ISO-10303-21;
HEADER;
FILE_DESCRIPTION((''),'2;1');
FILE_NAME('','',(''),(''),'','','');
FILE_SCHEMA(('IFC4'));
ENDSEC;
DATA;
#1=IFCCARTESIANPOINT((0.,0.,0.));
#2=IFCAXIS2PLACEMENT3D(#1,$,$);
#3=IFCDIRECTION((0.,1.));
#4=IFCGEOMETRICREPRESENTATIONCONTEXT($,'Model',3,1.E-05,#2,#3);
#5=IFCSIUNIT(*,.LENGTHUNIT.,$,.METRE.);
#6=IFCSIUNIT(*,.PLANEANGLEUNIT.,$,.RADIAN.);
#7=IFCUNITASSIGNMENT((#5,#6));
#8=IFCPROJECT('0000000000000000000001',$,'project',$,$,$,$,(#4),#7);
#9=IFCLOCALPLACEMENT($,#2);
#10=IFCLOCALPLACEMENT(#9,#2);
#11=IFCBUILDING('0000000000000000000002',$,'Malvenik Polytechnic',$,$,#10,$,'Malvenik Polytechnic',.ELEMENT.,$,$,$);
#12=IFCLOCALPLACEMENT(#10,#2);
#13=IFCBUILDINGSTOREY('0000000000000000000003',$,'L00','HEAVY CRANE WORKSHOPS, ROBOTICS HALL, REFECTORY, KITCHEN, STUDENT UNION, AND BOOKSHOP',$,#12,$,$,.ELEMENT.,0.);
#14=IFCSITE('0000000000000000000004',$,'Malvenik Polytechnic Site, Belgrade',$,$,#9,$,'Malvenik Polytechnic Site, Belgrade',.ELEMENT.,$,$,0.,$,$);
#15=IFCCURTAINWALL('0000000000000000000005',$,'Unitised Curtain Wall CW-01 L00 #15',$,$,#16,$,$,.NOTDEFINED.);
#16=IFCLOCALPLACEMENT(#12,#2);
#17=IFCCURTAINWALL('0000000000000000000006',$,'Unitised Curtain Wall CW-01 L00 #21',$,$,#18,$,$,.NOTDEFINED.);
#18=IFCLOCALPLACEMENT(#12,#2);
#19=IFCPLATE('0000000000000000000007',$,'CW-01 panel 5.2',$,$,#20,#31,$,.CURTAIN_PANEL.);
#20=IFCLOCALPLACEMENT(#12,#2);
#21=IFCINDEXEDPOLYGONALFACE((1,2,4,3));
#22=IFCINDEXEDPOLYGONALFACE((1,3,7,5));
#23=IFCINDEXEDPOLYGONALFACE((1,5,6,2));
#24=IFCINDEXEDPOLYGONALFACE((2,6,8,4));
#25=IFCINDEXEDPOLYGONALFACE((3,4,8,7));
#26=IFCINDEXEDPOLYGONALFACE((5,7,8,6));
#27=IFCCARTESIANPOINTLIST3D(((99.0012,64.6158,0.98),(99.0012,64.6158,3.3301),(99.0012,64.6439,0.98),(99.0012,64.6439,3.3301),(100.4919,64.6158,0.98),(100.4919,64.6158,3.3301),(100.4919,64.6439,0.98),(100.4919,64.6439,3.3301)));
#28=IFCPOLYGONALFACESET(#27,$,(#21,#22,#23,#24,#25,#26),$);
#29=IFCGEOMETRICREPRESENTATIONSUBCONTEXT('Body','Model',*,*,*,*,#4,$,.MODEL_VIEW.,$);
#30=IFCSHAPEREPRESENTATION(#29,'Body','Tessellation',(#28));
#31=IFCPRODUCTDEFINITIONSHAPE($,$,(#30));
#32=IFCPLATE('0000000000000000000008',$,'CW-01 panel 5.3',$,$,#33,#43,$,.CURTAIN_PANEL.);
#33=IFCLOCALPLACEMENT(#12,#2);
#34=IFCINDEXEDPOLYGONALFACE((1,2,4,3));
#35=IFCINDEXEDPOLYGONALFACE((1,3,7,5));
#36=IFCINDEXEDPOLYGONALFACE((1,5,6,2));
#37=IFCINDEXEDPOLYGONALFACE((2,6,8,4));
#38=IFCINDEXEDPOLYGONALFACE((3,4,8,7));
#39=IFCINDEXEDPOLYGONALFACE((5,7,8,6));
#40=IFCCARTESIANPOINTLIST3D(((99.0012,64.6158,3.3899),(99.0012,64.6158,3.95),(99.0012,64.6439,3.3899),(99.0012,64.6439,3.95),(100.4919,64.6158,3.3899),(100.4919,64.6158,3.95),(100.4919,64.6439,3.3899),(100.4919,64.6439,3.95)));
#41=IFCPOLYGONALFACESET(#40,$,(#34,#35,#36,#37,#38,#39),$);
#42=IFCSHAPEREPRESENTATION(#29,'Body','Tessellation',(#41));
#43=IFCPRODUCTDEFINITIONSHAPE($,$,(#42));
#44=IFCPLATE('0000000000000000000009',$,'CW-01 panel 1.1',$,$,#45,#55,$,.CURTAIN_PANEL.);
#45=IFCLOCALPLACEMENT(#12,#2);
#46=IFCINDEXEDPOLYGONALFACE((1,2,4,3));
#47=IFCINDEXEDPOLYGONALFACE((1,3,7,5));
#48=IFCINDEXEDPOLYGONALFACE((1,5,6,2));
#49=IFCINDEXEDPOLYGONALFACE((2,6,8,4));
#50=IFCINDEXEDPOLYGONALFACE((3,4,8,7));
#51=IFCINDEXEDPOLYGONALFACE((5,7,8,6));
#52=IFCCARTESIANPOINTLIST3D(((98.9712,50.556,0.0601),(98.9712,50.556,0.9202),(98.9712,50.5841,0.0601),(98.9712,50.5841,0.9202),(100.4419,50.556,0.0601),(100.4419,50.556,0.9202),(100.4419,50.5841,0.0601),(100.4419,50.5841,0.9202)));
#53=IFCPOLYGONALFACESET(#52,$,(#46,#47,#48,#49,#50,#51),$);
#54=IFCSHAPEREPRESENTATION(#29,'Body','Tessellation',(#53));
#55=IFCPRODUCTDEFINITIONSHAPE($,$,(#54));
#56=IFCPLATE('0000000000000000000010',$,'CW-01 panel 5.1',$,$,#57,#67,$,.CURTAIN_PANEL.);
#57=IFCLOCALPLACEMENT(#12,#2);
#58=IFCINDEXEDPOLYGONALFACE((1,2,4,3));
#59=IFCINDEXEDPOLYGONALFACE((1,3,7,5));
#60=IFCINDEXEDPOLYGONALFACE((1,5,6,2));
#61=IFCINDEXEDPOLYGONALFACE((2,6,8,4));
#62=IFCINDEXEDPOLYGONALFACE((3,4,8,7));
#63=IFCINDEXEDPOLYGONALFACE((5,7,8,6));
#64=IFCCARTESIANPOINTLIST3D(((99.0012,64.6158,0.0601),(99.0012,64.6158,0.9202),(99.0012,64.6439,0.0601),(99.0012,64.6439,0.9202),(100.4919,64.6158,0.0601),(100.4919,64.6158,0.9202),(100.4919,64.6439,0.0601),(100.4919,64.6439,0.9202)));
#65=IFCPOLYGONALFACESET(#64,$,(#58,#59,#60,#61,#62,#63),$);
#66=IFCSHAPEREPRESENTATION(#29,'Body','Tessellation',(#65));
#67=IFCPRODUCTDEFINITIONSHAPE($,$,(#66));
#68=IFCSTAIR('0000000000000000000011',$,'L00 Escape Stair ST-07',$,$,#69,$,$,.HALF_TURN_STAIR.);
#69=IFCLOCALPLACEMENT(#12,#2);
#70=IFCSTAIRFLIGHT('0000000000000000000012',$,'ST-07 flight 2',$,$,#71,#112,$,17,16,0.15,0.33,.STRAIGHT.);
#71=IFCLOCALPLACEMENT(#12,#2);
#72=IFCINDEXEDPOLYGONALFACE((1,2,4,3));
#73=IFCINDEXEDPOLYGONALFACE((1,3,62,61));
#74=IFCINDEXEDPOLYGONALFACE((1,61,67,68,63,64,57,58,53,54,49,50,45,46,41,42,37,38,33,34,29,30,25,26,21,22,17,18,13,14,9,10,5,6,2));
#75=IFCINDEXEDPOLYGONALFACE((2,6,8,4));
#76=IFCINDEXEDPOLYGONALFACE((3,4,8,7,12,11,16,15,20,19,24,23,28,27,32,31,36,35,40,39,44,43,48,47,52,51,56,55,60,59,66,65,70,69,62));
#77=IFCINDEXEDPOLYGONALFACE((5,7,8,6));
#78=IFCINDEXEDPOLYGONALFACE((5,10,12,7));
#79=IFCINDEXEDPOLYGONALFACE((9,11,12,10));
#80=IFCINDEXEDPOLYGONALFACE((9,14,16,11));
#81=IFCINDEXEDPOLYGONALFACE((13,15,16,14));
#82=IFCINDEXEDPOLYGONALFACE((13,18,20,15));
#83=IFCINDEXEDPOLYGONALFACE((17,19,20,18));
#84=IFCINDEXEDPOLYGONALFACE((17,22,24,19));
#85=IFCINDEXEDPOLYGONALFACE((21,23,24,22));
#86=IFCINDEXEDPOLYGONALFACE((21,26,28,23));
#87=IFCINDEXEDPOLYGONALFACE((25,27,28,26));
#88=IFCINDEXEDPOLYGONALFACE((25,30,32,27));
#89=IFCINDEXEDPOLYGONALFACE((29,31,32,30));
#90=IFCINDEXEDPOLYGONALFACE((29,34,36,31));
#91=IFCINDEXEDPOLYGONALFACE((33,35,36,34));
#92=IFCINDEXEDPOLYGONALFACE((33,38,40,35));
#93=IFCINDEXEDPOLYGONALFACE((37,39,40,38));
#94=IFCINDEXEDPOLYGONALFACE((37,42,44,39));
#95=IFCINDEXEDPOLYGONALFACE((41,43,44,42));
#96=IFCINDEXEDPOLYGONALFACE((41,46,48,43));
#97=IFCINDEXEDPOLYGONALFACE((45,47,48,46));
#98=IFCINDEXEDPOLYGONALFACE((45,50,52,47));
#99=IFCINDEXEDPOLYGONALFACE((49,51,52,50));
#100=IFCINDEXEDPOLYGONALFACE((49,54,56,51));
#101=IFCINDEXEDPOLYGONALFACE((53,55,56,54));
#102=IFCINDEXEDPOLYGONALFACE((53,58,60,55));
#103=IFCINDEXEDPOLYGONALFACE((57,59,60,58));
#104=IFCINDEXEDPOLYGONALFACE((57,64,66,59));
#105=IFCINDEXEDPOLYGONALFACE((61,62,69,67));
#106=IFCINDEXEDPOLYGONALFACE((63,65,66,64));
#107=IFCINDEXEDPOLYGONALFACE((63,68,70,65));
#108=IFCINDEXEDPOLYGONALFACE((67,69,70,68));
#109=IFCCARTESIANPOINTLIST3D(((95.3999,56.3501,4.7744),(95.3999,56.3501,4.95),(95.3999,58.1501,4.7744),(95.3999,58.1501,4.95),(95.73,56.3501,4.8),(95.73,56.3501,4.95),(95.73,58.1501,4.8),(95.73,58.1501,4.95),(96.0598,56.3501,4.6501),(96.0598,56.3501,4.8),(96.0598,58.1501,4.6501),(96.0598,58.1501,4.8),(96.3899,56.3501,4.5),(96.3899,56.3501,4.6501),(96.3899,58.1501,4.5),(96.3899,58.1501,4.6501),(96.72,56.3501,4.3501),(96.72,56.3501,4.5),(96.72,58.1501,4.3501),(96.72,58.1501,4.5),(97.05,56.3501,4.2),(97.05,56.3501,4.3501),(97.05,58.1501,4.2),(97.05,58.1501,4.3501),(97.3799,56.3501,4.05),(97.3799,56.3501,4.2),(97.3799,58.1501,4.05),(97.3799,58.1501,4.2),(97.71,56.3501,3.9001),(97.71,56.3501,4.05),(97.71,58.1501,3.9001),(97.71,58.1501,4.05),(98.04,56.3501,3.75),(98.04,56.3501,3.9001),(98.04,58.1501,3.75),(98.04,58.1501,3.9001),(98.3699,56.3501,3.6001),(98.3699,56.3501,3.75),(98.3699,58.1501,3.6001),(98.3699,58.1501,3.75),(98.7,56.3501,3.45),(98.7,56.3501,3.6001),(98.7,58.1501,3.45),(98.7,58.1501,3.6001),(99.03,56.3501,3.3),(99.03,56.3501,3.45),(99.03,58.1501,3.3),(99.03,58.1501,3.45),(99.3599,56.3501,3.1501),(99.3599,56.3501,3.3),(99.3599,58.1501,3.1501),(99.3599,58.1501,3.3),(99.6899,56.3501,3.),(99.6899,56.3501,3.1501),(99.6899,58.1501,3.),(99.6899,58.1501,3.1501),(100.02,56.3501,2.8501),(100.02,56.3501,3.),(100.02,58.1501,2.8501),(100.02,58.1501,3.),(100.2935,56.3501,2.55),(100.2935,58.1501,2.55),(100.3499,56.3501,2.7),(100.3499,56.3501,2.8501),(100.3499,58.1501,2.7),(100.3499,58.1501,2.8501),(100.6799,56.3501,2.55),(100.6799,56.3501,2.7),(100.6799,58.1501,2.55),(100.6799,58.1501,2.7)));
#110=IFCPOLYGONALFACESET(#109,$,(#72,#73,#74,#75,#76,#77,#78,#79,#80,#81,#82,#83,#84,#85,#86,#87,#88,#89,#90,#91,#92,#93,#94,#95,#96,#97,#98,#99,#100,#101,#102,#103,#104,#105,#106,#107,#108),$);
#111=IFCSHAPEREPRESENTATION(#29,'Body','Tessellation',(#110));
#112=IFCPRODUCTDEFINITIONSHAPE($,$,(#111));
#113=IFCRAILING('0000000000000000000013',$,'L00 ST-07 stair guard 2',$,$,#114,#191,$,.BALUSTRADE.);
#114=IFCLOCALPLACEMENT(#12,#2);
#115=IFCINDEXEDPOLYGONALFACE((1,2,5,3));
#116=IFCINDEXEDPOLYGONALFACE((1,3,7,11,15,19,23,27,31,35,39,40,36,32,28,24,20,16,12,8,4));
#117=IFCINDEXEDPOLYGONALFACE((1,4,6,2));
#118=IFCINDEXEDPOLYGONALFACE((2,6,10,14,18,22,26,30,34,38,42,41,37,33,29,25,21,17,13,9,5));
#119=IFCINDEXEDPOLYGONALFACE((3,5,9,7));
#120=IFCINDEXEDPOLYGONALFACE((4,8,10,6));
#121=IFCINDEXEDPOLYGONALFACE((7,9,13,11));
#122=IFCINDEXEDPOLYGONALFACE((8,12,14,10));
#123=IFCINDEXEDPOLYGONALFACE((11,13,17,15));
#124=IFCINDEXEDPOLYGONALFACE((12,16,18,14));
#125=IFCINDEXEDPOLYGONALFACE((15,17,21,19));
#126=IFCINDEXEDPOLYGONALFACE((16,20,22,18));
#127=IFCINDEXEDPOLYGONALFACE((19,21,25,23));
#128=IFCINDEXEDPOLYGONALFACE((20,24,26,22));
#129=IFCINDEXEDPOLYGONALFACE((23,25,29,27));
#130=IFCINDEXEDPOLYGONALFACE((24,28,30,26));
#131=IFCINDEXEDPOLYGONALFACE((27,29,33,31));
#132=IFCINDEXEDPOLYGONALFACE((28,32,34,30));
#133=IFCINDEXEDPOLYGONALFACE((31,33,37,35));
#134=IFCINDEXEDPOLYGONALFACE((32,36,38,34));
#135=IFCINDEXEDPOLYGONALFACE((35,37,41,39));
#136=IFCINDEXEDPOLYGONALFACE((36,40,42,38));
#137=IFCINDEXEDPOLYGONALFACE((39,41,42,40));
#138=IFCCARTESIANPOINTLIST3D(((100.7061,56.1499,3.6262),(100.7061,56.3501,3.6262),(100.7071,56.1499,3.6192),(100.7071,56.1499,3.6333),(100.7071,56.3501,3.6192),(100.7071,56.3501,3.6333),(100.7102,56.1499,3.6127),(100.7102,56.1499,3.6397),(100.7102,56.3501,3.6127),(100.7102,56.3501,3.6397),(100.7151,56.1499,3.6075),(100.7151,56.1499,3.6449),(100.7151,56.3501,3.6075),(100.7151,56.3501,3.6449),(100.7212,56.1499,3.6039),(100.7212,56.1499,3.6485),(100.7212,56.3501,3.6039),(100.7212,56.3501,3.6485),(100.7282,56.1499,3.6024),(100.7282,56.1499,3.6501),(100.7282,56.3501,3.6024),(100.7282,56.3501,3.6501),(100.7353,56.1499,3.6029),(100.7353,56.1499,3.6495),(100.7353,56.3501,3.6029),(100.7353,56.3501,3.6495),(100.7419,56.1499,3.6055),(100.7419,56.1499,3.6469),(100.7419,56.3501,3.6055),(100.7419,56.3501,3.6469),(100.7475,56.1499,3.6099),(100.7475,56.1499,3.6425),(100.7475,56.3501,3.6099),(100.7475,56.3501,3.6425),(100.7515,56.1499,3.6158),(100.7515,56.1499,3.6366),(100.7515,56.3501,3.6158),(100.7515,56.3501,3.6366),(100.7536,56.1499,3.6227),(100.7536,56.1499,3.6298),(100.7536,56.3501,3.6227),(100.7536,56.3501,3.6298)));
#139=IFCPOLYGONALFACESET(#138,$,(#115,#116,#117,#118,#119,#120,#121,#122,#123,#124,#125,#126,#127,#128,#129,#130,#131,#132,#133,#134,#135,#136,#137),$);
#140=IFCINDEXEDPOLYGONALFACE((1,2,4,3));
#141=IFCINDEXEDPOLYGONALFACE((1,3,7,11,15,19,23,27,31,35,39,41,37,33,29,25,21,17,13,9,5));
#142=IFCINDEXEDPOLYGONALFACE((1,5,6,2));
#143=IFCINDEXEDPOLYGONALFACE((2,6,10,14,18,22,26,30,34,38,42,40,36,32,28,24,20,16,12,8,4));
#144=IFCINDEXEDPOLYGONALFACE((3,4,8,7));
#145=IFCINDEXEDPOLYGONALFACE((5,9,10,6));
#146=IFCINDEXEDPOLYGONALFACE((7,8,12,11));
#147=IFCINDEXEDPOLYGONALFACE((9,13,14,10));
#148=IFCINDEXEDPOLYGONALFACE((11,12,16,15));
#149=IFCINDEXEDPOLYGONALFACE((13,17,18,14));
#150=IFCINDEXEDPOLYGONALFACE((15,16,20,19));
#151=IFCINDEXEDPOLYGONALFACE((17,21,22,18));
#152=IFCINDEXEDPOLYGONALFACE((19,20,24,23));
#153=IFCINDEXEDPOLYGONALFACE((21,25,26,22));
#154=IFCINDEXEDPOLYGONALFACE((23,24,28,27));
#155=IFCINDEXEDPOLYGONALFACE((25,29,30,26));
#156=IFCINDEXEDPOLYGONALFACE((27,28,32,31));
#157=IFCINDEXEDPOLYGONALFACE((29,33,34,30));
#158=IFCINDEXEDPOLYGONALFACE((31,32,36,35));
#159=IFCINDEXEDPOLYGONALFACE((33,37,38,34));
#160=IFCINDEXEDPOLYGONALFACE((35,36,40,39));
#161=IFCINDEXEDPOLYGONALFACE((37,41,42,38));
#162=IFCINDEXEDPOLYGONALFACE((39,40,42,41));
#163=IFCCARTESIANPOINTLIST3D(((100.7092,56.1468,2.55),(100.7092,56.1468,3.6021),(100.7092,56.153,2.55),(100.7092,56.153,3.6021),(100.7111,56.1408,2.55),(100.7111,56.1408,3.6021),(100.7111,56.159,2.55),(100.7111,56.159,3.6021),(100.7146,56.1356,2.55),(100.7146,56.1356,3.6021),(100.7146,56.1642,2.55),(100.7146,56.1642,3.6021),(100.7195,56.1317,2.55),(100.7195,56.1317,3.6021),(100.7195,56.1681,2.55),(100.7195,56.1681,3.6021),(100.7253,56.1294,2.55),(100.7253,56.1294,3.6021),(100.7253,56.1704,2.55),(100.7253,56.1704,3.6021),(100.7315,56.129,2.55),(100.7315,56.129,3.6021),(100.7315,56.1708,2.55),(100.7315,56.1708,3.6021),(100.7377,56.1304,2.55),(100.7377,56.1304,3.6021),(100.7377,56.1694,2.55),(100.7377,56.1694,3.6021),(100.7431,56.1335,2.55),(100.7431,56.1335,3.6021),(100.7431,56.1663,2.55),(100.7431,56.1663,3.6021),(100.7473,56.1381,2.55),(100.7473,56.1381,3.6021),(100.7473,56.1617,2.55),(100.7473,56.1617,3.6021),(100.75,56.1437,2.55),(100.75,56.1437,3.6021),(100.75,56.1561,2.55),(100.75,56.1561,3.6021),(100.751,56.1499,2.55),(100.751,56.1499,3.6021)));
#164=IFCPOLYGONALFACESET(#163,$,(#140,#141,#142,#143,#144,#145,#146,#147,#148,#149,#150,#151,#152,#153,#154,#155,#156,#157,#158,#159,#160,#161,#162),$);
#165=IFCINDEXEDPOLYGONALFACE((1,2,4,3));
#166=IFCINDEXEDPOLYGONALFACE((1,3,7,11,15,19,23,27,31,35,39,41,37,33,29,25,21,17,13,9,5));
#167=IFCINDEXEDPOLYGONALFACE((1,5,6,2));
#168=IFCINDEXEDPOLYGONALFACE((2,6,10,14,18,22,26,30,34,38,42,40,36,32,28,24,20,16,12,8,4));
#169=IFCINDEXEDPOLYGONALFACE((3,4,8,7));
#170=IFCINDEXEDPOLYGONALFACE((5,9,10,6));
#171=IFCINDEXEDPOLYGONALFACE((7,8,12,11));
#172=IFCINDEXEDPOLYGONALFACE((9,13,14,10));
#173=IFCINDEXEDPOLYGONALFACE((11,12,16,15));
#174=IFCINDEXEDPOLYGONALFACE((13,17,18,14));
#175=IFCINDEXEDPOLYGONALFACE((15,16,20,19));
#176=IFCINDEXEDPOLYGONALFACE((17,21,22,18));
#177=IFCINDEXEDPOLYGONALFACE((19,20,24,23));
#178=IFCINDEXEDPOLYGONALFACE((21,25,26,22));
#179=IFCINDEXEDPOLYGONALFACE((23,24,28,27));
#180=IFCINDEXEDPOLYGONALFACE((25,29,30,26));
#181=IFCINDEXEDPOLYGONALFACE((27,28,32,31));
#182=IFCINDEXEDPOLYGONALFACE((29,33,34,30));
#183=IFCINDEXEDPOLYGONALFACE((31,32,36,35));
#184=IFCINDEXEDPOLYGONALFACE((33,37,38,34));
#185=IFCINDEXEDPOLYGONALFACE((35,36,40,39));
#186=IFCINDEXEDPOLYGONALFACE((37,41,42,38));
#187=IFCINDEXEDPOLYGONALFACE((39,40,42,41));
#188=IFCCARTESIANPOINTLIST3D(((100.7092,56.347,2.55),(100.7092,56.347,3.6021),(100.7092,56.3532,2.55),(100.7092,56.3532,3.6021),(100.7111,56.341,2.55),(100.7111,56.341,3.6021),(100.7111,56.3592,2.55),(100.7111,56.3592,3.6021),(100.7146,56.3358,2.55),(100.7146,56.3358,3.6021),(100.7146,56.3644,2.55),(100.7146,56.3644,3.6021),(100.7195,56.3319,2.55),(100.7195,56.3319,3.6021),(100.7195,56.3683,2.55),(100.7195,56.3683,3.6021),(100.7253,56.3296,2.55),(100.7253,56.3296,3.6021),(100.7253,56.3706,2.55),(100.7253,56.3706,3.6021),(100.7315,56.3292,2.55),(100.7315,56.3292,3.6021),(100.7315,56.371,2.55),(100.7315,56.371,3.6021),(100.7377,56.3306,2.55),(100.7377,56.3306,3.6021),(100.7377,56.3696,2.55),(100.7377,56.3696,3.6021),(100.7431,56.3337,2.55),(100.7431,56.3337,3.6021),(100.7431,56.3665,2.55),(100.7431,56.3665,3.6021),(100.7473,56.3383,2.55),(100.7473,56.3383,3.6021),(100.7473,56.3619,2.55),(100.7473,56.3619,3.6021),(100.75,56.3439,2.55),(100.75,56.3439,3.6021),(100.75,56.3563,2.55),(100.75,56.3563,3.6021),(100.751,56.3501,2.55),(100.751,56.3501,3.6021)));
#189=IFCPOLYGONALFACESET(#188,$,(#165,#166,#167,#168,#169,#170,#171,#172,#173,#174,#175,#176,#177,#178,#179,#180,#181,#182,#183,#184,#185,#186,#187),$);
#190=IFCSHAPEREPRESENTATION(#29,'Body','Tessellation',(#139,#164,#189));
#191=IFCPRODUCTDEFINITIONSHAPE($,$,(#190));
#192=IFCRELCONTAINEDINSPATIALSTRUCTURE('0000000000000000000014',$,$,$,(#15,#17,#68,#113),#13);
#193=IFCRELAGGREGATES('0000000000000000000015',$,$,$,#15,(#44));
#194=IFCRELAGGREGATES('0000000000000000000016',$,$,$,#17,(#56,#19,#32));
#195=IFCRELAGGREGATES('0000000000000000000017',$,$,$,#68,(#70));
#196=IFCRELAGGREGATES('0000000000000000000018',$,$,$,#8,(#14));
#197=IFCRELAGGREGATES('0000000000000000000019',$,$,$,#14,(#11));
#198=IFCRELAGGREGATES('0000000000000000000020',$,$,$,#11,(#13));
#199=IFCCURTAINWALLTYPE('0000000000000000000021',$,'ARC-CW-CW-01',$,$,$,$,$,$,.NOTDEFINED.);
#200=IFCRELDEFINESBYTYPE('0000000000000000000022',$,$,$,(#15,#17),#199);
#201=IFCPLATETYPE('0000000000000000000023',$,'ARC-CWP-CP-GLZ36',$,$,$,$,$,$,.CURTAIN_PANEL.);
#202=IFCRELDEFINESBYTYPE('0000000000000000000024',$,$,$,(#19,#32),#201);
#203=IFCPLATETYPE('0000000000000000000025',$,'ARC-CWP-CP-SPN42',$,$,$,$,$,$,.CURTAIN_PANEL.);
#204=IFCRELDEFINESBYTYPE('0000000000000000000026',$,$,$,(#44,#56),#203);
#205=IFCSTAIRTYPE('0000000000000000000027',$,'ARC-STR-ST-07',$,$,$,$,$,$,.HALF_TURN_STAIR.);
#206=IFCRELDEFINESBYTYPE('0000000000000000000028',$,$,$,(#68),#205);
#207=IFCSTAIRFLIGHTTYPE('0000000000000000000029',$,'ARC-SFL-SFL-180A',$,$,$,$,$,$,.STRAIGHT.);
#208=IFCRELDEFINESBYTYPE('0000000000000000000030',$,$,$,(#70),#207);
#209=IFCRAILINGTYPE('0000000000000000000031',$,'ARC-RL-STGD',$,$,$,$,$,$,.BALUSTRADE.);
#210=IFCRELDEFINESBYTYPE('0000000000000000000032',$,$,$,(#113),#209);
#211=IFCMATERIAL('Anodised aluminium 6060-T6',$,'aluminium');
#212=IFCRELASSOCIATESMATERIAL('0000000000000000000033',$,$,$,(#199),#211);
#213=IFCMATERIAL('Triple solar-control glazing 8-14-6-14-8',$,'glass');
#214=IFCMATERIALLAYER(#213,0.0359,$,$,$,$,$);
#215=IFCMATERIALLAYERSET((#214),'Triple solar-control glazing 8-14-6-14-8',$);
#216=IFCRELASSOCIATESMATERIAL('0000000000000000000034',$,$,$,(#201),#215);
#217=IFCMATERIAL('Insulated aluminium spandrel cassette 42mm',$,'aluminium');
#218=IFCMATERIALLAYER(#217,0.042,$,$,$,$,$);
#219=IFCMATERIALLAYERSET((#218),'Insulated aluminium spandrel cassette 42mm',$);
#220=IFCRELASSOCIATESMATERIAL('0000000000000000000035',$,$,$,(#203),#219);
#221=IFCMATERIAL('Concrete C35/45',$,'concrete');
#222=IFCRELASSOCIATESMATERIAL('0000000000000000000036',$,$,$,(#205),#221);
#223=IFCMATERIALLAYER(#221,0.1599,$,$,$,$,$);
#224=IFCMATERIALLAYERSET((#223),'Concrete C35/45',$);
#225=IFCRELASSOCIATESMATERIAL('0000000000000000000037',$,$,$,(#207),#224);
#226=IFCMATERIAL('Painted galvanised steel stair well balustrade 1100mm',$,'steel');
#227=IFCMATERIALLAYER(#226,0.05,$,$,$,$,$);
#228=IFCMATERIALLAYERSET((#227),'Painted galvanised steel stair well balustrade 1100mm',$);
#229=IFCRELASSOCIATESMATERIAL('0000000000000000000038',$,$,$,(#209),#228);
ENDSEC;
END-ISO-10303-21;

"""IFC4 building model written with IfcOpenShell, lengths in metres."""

from ifc_helpers import new_model, si_unit, direction, frame, origin, origin_2d, place, context, subcontext, project, spatial, polyline, rectangle, circle, outline, extrude, material, layer, layer_set, type_object, element, aggregate, save


model = new_model("IFC4")

# Units and contexts
model_context = context("Model", 3, precision=1e-05, world=origin(), true_north=direction((0.0, 1.0)))
body_context = subcontext(model_context, "Body", "Model", "MODEL_VIEW")
ifc_project = project(units=[si_unit("LENGTHUNIT", "METRE"), si_unit("PLANEANGLEUNIT", "RADIAN")], contexts=[model_context])

# Site, building, storey
site_placement = place(None, origin())
site = spatial("IfcSite", under=ifc_project, at=site_placement, Name="Malvenik Polytechnic Site, Belgrade", LongName="Malvenik Polytechnic Site, Belgrade", CompositionType="ELEMENT", RefElevation=0.0)
building_placement = place(site_placement, origin())
building = spatial("IfcBuilding", under=site, at=building_placement, Name="Malvenik Polytechnic", LongName="Malvenik Polytechnic", CompositionType="ELEMENT")
storey_placement = place(building_placement, origin())
storey = spatial("IfcBuildingStorey", under=building, at=storey_placement, Name="L00", Description="HEAVY CRANE WORKSHOPS, ROBOTICS HALL, REFECTORY, KITCHEN, STUDENT UNION, AND BOOKSHOP", CompositionType="ELEMENT", Elevation=0.0)

# Shared definitions
ifc_material_1 = material(Name="Concrete C35/45", Category="concrete")

# Curtain walls
ifc_material_2 = material(Name="Anodised aluminium 6060-T6", Category="aluminium")
curtain_wall_type = type_object("IfcCurtainWallType", Name="ARC-CW-CW-01", PredefinedType="NOTDEFINED", material=ifc_material_2)
curtain_wall_1_placement = place(storey_placement, origin())
curtain_wall_1 = element("IfcCurtainWall", 1, at=curtain_wall_1_placement, inside=storey, type_object=curtain_wall_type, Name="Unitised Curtain Wall CW-01 L00 #15", PredefinedType="NOTDEFINED")
curtain_wall_2_placement = place(storey_placement, origin())
curtain_wall_2 = element("IfcCurtainWall", 2, at=curtain_wall_2_placement, inside=storey, type_object=curtain_wall_type, Name="Unitised Curtain Wall CW-01 L00 #21", PredefinedType="NOTDEFINED")

# Plates
ifc_material_3 = material(Name="Triple solar-control glazing 8-14-6-14-8", Category="glass")
ifc_layer_1 = layer(ifc_material_3, 0.0359)
ifc_layer_set_1 = layer_set([ifc_layer_1], Name="Triple solar-control glazing 8-14-6-14-8")
plate_type_1 = type_object("IfcPlateType", Name="ARC-CWP-CP-GLZ36", PredefinedType="CURTAIN_PANEL", material=ifc_layer_set_1)
plate_1_placement = place(storey_placement, frame((99.7466, 64.6299, 0.98), z_axis=(0.0, 0.0, 1.0), x_axis=(1.0, 0.0, 0.0)))
plate_1 = element("IfcPlate", 3, at=plate_1_placement, type_object=plate_type_1, Name="CW-01 panel 5.2", PredefinedType="CURTAIN_PANEL", context=body_context, shape_type="SweptSolid", body=[
    extrude(rectangle(XDim=1.4907, YDim=0.0281, at=origin_2d()), origin(), (0.0, 0.0, 1.0), 2.3501),
])
plate_2_placement = place(storey_placement, frame((99.7466, 64.6299, 3.3899), z_axis=(0.0, 0.0, 1.0), x_axis=(1.0, 0.0, 0.0)))
plate_2 = element("IfcPlate", 4, at=plate_2_placement, type_object=plate_type_1, Name="CW-01 panel 5.3", PredefinedType="CURTAIN_PANEL", context=body_context, shape_type="SweptSolid", body=[
    extrude(rectangle(XDim=1.4907, YDim=0.0281, at=origin_2d()), origin(), (0.0, 0.0, 1.0), 0.5601),
])
ifc_material_4 = material(Name="Insulated aluminium spandrel cassette 42mm", Category="aluminium")
ifc_layer_2 = layer(ifc_material_4, 0.042)
ifc_layer_set_2 = layer_set([ifc_layer_2], Name="Insulated aluminium spandrel cassette 42mm")
plate_type_2 = type_object("IfcPlateType", Name="ARC-CWP-CP-SPN42", PredefinedType="CURTAIN_PANEL", material=ifc_layer_set_2)
plate_3_placement = place(storey_placement, frame((99.7065, 50.5701, 0.0601), z_axis=(0.0, 0.0, 1.0), x_axis=(-1.0, 0.0, 0.0)))
plate_3 = element("IfcPlate", 5, at=plate_3_placement, type_object=plate_type_2, Name="CW-01 panel 1.1", PredefinedType="CURTAIN_PANEL", context=body_context, shape_type="SweptSolid", body=[
    extrude(rectangle(XDim=1.4707, YDim=0.0281, at=origin_2d()), origin(), (0.0, 0.0, 1.0), 0.8601),
])
aggregate(curtain_wall_1, [plate_3])
plate_4_placement = place(storey_placement, frame((99.7466, 64.6299, 0.0601), z_axis=(0.0, 0.0, 1.0), x_axis=(1.0, 0.0, 0.0)))
plate_4 = element("IfcPlate", 6, at=plate_4_placement, type_object=plate_type_2, Name="CW-01 panel 5.1", PredefinedType="CURTAIN_PANEL", context=body_context, shape_type="SweptSolid", body=[
    extrude(rectangle(XDim=1.4907, YDim=0.0281, at=origin_2d()), origin(), (0.0, 0.0, 1.0), 0.8601),
])
aggregate(curtain_wall_2, [plate_4, plate_1, plate_2])

# Stair, stair flight
stair_type = type_object("IfcStairType", Name="ARC-STR-ST-07", PredefinedType="HALF_TURN_STAIR", material=ifc_material_1)
stair_placement = place(storey_placement, origin())
stair = element("IfcStair", 7, at=stair_placement, inside=storey, type_object=stair_type, Name="L00 Escape Stair ST-07", PredefinedType="HALF_TURN_STAIR")
ifc_layer_3 = layer(ifc_material_1, 0.1599)
ifc_layer_set_3 = layer_set([ifc_layer_3], Name="Concrete C35/45")
stair_flight_type = type_object("IfcStairFlightType", Name="ARC-SFL-SFL-180A", PredefinedType="STRAIGHT", material=ifc_layer_set_3)
stair_flight_placement = place(storey_placement, frame((100.6799, 57.25, 2.55), z_axis=(0.0, 0.0, 1.0), x_axis=(-1.0, 0.0, 0.0)))
stair_flight = element("IfcStairFlight", 8, at=stair_flight_placement, type_object=stair_flight_type, Name="ST-07 flight 2", NumberOfRisers=17, NumberOfTreads=16, PredefinedType="STRAIGHT", RiserHeight=0.15, TreadLength=0.33, context=body_context, shape_type="SweptSolid", body=[
    extrude(outline(polyline([(0.0, 0.0), (0.0, 0.1499), (0.3301, 0.1499), (0.3301, 0.3), (0.6599, 0.3), (0.6599, 0.45), (0.99, 0.45), (0.99, 0.6001), (1.3201, 0.6001), (1.3201, 0.75), (1.6499, 0.75), (1.6499, 0.8999), (1.98, 0.8999), (1.98, 1.05), (2.3101, 1.05), (2.3101, 1.2), (2.6399, 1.2), (2.6399, 1.3501), (2.97, 1.3501), (2.97, 1.5), (3.3, 1.5), (3.3, 1.6499), (3.6299, 1.6499), (3.6299, 1.8), (3.96, 1.8), (3.96, 1.95), (4.29, 1.95), (4.29, 2.1001), (4.6201, 2.1001), (4.6201, 2.25), (4.95, 2.25), (4.95, 2.3999), (5.28, 2.3999), (5.28, 2.55), (5.28, 2.2244), (0.3865, 0.0), (0.0, 0.0)])), frame((0.0, 0.8999, 0.0), z_axis=(0.0, -1.0, 0.0), x_axis=(1.0, 0.0, 0.0)), (0.0, 0.0, 1.0), 1.8),
])
aggregate(stair, [stair_flight])

# Railing
ifc_material_5 = material(Name="Painted galvanised steel stair well balustrade 1100mm", Category="steel")
ifc_layer_4 = layer(ifc_material_5, 0.05)
ifc_layer_set_4 = layer_set([ifc_layer_4], Name="Painted galvanised steel stair well balustrade 1100mm")
railing_type_1 = type_object("IfcRailingType", Name="ARC-RL-STGD", PredefinedType="BALUSTRADE", material=ifc_layer_set_4)
railing_1_placement = place(storey_placement, frame((100.73, 56.1499, 2.55)))
element("IfcRailing", 9, at=railing_1_placement, inside=storey, type_object=railing_type_1, Name="L00 ST-07 stair guard 2", PredefinedType="BALUSTRADE", context=body_context, shape_type="SweptSolid", body=[
    extrude(circle(Radius=0.0239, at=origin_2d()), frame((0.0, 0.0, 1.0762), z_axis=(0.0, 1.0, 0.0), x_axis=(-1.0, 0.0, 0.0)), (0.0, 0.0, 1.0), 0.2002),
    extrude(circle(Radius=0.021, at=origin_2d()), origin(), (0.0, 0.0, 1.0), 1.052),
    extrude(circle(Radius=0.021, at=origin_2d()), frame((0.0, 0.2002, 0.0)), (0.0, 0.0, 1.0), 1.052),
])

save(model, "model.ifc")
